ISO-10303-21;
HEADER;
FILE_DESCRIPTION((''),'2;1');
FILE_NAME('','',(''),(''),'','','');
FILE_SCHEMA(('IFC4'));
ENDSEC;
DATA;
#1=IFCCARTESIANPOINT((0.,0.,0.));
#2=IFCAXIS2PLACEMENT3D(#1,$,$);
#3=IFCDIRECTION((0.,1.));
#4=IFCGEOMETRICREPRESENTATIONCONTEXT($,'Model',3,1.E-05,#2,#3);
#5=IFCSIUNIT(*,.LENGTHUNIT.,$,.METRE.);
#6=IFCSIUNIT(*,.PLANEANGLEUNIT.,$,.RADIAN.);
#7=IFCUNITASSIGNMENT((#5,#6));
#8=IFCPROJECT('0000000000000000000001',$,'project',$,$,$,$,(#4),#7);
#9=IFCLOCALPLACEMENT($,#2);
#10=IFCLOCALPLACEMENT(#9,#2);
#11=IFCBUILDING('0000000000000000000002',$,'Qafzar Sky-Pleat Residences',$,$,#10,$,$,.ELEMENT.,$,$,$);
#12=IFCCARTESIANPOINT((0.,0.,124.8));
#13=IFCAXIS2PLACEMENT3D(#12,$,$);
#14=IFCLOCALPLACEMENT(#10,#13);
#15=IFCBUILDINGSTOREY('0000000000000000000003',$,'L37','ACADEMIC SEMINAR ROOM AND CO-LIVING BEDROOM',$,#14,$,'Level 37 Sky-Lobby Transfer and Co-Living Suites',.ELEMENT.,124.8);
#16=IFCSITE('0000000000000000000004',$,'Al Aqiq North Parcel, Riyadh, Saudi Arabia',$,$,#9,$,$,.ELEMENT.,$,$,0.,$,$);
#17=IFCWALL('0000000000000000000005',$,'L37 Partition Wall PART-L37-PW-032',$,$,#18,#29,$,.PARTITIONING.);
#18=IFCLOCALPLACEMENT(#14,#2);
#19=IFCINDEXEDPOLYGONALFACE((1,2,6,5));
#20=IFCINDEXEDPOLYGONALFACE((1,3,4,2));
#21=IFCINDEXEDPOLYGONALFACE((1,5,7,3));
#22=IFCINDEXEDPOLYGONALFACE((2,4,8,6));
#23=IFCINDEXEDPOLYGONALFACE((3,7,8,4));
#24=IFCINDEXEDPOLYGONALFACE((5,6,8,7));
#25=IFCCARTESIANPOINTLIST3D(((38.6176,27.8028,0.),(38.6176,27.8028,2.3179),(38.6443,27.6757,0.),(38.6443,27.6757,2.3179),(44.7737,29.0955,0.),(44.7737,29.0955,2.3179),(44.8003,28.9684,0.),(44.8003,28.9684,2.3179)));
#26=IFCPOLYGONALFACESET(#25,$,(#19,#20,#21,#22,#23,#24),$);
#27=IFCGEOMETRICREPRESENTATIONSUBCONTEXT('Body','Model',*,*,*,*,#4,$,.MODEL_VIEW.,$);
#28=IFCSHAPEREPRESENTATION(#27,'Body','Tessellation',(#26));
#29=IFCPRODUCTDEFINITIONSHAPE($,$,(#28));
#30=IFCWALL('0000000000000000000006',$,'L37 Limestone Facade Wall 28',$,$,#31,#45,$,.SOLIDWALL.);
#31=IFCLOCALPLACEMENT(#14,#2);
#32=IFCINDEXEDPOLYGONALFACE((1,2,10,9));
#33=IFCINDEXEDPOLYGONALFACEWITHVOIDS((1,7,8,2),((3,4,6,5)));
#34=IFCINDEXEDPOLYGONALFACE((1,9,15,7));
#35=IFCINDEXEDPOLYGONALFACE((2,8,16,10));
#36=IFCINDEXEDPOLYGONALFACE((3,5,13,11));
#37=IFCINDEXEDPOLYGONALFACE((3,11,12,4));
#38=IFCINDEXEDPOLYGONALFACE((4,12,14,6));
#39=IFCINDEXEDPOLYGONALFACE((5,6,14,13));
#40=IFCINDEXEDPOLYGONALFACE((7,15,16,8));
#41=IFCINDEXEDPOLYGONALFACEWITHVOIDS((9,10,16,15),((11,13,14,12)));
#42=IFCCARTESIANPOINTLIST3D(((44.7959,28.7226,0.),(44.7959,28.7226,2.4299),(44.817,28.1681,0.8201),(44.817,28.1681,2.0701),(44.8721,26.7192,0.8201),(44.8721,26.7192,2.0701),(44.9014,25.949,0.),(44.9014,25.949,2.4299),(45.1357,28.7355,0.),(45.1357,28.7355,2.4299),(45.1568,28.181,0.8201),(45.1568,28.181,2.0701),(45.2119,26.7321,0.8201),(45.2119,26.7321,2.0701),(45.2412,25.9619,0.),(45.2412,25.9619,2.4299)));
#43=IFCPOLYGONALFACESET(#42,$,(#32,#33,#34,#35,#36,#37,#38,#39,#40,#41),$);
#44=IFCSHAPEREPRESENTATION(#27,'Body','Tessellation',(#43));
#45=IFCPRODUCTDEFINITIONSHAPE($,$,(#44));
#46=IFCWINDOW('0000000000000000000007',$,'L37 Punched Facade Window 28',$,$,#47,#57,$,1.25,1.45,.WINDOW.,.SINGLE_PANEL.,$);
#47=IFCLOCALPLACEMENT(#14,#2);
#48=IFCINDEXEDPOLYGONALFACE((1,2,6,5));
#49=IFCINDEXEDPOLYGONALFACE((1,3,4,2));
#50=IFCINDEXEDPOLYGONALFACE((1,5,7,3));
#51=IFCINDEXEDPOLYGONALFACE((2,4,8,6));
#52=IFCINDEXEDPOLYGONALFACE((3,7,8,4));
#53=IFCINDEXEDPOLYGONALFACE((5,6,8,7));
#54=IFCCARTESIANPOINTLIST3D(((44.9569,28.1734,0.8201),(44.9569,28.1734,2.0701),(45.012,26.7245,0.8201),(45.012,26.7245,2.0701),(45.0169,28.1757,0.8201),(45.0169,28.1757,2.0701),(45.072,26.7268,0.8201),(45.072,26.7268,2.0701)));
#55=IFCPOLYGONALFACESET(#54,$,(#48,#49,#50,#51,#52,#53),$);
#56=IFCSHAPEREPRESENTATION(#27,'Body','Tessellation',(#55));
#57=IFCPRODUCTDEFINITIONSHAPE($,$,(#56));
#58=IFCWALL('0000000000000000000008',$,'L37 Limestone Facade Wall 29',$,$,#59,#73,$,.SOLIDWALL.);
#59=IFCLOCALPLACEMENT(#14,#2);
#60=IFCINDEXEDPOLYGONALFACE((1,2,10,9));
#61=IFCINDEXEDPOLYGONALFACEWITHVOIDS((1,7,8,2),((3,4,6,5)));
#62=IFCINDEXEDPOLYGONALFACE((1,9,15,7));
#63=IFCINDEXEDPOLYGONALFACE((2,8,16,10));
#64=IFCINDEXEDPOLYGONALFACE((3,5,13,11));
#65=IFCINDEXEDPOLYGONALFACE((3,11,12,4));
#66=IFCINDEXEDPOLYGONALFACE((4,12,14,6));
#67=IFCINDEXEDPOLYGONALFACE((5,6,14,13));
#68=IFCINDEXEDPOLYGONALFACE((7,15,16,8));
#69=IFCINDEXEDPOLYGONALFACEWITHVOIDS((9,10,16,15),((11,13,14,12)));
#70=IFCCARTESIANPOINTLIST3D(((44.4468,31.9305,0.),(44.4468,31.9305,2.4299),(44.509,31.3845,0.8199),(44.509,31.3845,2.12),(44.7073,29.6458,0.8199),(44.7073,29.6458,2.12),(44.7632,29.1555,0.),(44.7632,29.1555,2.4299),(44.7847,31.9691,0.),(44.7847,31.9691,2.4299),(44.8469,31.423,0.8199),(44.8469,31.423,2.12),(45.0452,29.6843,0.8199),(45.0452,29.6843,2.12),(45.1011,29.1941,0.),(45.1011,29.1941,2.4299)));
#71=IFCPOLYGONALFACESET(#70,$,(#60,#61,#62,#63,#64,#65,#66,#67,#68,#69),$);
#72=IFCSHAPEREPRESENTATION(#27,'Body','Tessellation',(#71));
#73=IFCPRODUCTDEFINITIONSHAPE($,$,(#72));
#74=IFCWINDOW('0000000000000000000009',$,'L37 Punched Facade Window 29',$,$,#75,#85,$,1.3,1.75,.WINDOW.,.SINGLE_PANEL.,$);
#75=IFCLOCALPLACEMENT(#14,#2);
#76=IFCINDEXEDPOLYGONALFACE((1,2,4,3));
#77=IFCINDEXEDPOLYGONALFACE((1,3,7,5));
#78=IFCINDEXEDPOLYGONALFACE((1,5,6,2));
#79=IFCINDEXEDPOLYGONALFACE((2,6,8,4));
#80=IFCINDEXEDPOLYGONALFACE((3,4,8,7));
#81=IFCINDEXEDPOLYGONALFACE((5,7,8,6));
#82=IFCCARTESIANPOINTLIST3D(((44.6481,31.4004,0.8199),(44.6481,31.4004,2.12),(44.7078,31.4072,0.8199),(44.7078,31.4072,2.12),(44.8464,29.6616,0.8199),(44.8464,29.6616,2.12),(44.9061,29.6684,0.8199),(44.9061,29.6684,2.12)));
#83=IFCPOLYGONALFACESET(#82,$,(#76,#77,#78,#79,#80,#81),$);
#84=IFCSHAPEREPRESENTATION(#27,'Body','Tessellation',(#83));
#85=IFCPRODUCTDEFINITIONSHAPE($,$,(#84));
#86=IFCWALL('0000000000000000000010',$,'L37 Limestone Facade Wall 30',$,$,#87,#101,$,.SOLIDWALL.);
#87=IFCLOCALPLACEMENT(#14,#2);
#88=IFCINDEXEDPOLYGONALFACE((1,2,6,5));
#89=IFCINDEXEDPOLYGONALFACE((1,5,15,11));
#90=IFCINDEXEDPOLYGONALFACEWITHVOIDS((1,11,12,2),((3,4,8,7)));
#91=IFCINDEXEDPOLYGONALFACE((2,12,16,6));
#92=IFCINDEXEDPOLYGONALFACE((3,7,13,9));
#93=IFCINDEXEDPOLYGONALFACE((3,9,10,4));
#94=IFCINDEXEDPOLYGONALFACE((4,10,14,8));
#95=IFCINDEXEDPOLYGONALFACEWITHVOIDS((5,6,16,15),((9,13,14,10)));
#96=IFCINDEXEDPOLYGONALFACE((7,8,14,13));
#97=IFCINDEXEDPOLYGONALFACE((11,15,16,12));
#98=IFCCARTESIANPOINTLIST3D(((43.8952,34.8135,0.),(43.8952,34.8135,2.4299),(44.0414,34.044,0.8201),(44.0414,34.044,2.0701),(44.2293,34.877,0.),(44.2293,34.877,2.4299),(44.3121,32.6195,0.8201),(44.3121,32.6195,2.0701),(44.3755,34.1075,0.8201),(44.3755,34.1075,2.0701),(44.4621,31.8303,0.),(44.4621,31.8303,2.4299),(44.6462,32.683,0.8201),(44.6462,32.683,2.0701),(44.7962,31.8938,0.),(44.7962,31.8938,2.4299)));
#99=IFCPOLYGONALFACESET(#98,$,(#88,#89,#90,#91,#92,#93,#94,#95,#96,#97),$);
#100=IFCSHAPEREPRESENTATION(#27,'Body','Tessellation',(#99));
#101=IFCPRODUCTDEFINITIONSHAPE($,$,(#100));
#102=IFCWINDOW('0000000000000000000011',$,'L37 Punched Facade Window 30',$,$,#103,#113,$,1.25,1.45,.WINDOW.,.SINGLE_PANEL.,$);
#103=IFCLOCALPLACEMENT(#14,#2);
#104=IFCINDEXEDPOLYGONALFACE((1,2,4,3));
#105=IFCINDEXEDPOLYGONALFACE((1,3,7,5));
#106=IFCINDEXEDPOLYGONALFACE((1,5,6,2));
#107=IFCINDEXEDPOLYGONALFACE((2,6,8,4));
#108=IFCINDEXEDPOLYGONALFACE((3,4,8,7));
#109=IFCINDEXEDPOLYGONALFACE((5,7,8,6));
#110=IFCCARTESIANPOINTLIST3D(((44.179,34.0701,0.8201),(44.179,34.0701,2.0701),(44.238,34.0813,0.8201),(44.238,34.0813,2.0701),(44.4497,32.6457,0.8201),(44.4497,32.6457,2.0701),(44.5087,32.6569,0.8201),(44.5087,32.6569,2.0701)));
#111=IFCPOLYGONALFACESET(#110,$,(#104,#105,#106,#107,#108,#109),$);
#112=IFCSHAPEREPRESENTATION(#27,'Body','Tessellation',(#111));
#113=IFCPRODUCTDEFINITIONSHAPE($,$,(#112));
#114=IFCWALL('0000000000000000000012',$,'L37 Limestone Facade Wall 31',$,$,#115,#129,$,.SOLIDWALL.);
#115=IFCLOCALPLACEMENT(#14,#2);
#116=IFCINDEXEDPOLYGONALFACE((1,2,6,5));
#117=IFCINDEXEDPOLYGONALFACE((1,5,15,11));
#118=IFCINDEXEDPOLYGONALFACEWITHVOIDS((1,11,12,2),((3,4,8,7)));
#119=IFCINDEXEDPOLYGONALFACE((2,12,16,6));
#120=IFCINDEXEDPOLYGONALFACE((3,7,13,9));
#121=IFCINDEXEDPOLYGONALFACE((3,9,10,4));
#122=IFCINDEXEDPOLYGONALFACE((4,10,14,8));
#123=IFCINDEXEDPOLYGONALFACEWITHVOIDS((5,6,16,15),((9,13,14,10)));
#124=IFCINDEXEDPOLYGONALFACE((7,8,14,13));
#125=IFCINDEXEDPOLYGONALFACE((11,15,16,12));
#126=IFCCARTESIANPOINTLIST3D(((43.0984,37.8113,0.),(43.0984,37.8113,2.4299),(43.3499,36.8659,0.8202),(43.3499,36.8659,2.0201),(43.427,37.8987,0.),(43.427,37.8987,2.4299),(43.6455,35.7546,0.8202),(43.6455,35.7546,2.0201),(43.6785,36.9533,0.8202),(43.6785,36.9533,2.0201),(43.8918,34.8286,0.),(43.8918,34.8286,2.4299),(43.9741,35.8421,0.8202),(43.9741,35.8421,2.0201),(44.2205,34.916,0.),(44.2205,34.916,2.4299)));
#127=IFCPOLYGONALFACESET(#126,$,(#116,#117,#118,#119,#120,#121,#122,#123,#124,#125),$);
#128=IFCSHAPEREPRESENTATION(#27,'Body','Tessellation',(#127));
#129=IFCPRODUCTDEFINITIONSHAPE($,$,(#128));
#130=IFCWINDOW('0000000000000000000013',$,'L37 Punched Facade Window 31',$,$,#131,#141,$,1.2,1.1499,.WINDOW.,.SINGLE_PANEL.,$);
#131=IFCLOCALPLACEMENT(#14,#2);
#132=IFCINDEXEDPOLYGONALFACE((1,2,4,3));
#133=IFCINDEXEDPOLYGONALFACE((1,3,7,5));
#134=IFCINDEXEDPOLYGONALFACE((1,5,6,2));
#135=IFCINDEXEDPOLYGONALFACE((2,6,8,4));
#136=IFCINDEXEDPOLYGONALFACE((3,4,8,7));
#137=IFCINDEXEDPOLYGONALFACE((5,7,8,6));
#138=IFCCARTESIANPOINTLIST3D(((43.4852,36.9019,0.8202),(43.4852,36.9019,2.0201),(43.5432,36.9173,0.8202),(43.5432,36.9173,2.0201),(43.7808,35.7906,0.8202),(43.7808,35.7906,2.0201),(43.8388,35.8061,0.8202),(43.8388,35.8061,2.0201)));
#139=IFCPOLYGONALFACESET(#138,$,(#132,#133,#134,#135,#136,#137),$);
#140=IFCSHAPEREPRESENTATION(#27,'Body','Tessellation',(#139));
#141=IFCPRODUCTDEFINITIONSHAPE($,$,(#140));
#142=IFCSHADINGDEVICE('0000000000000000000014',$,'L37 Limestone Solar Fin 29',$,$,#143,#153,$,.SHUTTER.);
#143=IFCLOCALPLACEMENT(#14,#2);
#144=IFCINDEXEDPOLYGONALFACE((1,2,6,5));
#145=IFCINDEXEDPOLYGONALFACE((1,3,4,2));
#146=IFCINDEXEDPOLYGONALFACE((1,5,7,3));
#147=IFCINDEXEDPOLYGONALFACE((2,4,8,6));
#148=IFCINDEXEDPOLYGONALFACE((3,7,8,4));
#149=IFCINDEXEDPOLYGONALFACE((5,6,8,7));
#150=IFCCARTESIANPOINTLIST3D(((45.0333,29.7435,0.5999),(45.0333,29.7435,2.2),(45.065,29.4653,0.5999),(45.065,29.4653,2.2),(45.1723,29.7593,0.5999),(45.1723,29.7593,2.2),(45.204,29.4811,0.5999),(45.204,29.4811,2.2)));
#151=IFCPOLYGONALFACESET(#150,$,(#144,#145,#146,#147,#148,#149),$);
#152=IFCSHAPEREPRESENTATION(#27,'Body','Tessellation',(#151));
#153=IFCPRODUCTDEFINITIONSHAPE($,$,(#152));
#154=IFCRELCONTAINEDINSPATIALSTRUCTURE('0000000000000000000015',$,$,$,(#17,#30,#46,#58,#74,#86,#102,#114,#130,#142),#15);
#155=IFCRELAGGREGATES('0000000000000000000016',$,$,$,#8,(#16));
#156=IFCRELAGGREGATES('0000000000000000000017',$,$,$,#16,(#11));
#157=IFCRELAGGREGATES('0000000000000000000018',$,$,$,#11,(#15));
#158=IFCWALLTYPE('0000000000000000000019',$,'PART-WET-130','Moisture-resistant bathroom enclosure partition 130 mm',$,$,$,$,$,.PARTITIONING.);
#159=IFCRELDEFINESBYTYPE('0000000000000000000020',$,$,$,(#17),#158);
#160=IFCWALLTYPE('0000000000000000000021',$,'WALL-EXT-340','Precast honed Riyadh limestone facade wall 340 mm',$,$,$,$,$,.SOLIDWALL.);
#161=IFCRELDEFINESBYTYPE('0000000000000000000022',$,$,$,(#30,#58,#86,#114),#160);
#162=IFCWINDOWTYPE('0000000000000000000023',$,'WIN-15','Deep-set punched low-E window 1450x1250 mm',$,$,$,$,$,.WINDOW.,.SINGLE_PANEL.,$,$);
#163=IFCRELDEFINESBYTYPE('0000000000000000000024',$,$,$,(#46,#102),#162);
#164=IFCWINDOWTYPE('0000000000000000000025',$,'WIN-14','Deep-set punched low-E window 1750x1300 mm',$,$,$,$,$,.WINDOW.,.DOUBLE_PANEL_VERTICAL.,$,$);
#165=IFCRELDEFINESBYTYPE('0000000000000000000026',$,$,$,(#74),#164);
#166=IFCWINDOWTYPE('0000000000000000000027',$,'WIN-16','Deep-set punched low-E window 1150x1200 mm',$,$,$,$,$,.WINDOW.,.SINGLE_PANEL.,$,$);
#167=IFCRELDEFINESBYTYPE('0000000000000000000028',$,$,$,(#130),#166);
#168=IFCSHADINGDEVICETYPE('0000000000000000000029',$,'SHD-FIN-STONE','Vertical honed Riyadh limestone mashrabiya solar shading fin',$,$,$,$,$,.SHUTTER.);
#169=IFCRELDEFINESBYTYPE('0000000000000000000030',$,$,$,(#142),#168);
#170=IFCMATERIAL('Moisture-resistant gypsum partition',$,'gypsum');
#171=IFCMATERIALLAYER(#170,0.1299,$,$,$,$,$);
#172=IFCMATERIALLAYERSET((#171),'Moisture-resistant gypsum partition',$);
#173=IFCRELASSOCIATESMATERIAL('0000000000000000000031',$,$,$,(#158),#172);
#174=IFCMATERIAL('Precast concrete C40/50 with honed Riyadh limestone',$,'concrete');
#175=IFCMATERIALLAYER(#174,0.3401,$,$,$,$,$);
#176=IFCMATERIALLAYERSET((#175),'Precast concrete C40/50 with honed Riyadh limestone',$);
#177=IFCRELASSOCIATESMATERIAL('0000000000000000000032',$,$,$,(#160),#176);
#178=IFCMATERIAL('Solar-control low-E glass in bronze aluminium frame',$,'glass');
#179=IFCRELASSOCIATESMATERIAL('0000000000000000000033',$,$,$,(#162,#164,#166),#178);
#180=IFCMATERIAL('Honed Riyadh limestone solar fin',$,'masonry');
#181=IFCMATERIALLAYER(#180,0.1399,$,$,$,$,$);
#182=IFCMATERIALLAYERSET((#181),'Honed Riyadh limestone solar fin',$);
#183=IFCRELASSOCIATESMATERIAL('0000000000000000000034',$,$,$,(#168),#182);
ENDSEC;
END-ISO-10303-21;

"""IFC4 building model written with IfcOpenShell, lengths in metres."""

from ifc_helpers import new_model, si_unit, direction, frame, frame_2d, origin, origin_2d, place, context, subcontext, project, spatial, rectangle, extrude, source, transform, mapped, material, layer, layer_set, type_object, element, fill, save


model = new_model("IFC4")

# Units and contexts
model_context = context("Model", 3, precision=1e-05, world=origin(), true_north=direction((0.0, 1.0)))
body_context = subcontext(model_context, "Body", "Model", "MODEL_VIEW")
ifc_project = project(units=[si_unit("LENGTHUNIT", "METRE"), si_unit("PLANEANGLEUNIT", "RADIAN")], contexts=[model_context])

# Site, building, storey
site_placement = place(None, origin())
site = spatial("IfcSite", under=ifc_project, at=site_placement, Name="Al Aqiq North Parcel, Riyadh, Saudi Arabia", CompositionType="ELEMENT", RefElevation=0.0)
building_placement = place(site_placement, origin())
building = spatial("IfcBuilding", under=site, at=building_placement, Name="Qafzar Sky-Pleat Residences", CompositionType="ELEMENT")
storey_placement = place(building_placement, frame((0.0, 0.0, 124.8)))
storey = spatial("IfcBuildingStorey", under=building, at=storey_placement, Name="L37", Description="ACADEMIC SEMINAR ROOM AND CO-LIVING BEDROOM", LongName="Level 37 Sky-Lobby Transfer and Co-Living Suites", CompositionType="ELEMENT", Elevation=124.8)

# Wall
ifc_material_1 = material(Name="Moisture-resistant gypsum partition", Category="gypsum")
ifc_layer_1 = layer(ifc_material_1, 0.1299)
ifc_layer_set_1 = layer_set([ifc_layer_1], Name="Moisture-resistant gypsum partition")
wall_type_1 = type_object("IfcWallType", Name="PART-WET-130", Description="Moisture-resistant bathroom enclosure partition 130 mm", PredefinedType="PARTITIONING", material=ifc_layer_set_1)
wall_1_placement = place(storey_placement, frame((38.6311, 27.7393, 0.0), z_axis=(0.0, 0.0, 1.0), x_axis=(0.978655, 0.205512, 0.0)))
element("IfcWall", 1, at=wall_1_placement, inside=storey, type_object=wall_type_1, Name="L37 Partition Wall PART-L37-PW-032", PredefinedType="PARTITIONING", context=body_context, shape_type="SweptSolid", body=[
    extrude(rectangle(XDim=6.2903, YDim=0.1299, at=frame_2d((3.145, 0.0))), origin(), (0.0, 0.0, 1.0), 2.3179),
])

# Walls, openings, windows
ifc_material_2 = material(Name="Precast concrete C40/50 with honed Riyadh limestone", Category="concrete")
ifc_layer_2 = layer(ifc_material_2, 0.3401)
ifc_layer_set_2 = layer_set([ifc_layer_2], Name="Precast concrete C40/50 with honed Riyadh limestone")
wall_type_2 = type_object("IfcWallType", Name="WALL-EXT-340", Description="Precast honed Riyadh limestone facade wall 340 mm", PredefinedType="SOLIDWALL", material=ifc_layer_set_2)
wall_2_placement = place(storey_placement, frame((45.0713, 25.9556, 0.0), z_axis=(0.0, 0.0, 1.0), x_axis=(-0.037997, 0.999278, 0.0)))
wall_2 = element("IfcWall", 2, at=wall_2_placement, inside=storey, type_object=wall_type_2, Name="L37 Limestone Facade Wall 28", PredefinedType="SOLIDWALL", context=body_context, shape_type="SweptSolid", body=[
    extrude(rectangle(XDim=2.7756, YDim=0.3401, at=frame_2d((1.3877, 0.0))), origin(), (0.0, 0.0, 1.0), 2.4299),
])
opening_1_placement = place(wall_2_placement, frame((0.7705, 0.0, 0.8201)))
opening_1 = element("IfcOpeningElement", 3, at=opening_1_placement, cuts=wall_2, PredefinedType="OPENING", context=body_context, shape_type="SweptSolid", body=[
    extrude(rectangle(XDim=1.45, YDim=1.25, at=frame_2d((0.7251, 0.625))), frame((0.0, 0.1802, 0.0), z_axis=(0.0, -1.0, 0.0), x_axis=(1.0, 0.0, 0.0)), (0.0, 0.0, 1.0), 0.3601),
])
ifc_material_3 = material(Name="Solar-control low-E glass in bronze aluminium frame", Category="glass")
window_type_1 = type_object("IfcWindowType", Name="WIN-15", Description="Deep-set punched low-E window 1450x1250 mm", PartitioningType="SINGLE_PANEL", PredefinedType="WINDOW", material=ifc_material_3)
shared_shape_1 = source(origin(), body_context, "Body", "SweptSolid", [
    extrude(rectangle(XDim=1.45, YDim=1.25, at=frame_2d((0.7251, 0.625))), frame((0.0, 0.03, 0.0), z_axis=(0.0, -1.0, 0.0), x_axis=(1.0, 0.0, 0.0)), (0.0, 0.0, 1.0), 0.0601),
])
window_1_placement = place(opening_1_placement, origin())
window_1 = element("IfcWindow", 4, at=window_1_placement, inside=storey, type_object=window_type_1, Name="L37 Punched Facade Window 28", OverallHeight=1.25, OverallWidth=1.45, PartitioningType="SINGLE_PANEL", PredefinedType="WINDOW", context=body_context, shape_type="MappedRepresentation", body=[
    mapped(shared_shape_1, transform((0.0, 0.0, 0.0), x_axis=(1.0, 0.0, 0.0), y_axis=(0.0, 1.0, 0.0), z_axis=(0.0, 0.0, 1.0), scale=1.0)),
])
fill(opening_1, window_1)
wall_3_placement = place(storey_placement, frame((44.9321, 29.1748, 0.0), z_axis=(0.0, 0.0, 1.0), x_axis=(-0.11329, 0.993562, 0.0)))
wall_3 = element("IfcWall", 5, at=wall_3_placement, inside=storey, type_object=wall_type_2, Name="L37 Limestone Facade Wall 29", PredefinedType="SOLIDWALL", context=body_context, shape_type="SweptSolid", body=[
    extrude(rectangle(XDim=2.793, YDim=0.3401, at=frame_2d((1.3965, 0.0))), origin(), (0.0, 0.0, 1.0), 2.4299),
])
opening_2_placement = place(wall_3_placement, frame((0.4934, 0.0, 0.8201)))
opening_2 = element("IfcOpeningElement", 6, at=opening_2_placement, cuts=wall_3, PredefinedType="OPENING", context=body_context, shape_type="SweptSolid", body=[
    extrude(rectangle(XDim=1.75, YDim=1.3, at=frame_2d((0.875, 0.6499))), frame((0.0, 0.1802, 0.0), z_axis=(0.0, -1.0, 0.0), x_axis=(1.0, 0.0, 0.0)), (0.0, 0.0, 1.0), 0.3601),
])
window_type_2 = type_object("IfcWindowType", Name="WIN-14", Description="Deep-set punched low-E window 1750x1300 mm", PartitioningType="DOUBLE_PANEL_VERTICAL", PredefinedType="WINDOW", material=ifc_material_3)
shared_shape_2 = source(origin(), body_context, "Body", "SweptSolid", [
    extrude(rectangle(XDim=1.75, YDim=1.3, at=frame_2d((0.875, 0.6499))), frame((0.0, 0.03, 0.0), z_axis=(0.0, -1.0, 0.0), x_axis=(1.0, 0.0, 0.0)), (0.0, 0.0, 1.0), 0.0601),
])
window_2_placement = place(opening_2_placement, origin())
window_2 = element("IfcWindow", 7, at=window_2_placement, inside=storey, type_object=window_type_2, Name="L37 Punched Facade Window 29", OverallHeight=1.3, OverallWidth=1.75, PartitioningType="SINGLE_PANEL", PredefinedType="WINDOW", context=body_context, shape_type="MappedRepresentation", body=[
    mapped(shared_shape_2, transform((0.0, 0.0, 0.0), x_axis=(1.0, 0.0, 0.0), y_axis=(0.0, 1.0, 0.0), z_axis=(0.0, 0.0, 1.0), scale=1.0)),
])
fill(opening_2, window_2)
wall_4_placement = place(storey_placement, frame((44.6292, 31.8621, 0.0), z_axis=(0.0, 0.0, 1.0), x_axis=(-0.186691, 0.982419, 0.0)))
wall_4 = element("IfcWall", 8, at=wall_4_placement, inside=storey, type_object=wall_type_2, Name="L37 Limestone Facade Wall 30", PredefinedType="SOLIDWALL", context=body_context, shape_type="SweptSolid", body=[
    extrude(rectangle(XDim=3.0366, YDim=0.3401, at=frame_2d((1.5183, 0.0))), origin(), (0.0, 0.0, 1.0), 2.4299),
])
opening_3_placement = place(wall_4_placement, frame((0.8032, 0.0, 0.8201)))
opening_3 = element("IfcOpeningElement", 9, at=opening_3_placement, cuts=wall_4, PredefinedType="OPENING", context=body_context, shape_type="SweptSolid", body=[
    extrude(rectangle(XDim=1.45, YDim=1.25, at=frame_2d((0.7251, 0.625))), frame((0.0, 0.1802, 0.0), z_axis=(0.0, -1.0, 0.0), x_axis=(1.0, 0.0, 0.0)), (0.0, 0.0, 1.0), 0.3601),
])
window_3_placement = place(opening_3_placement, origin())
window_3 = element("IfcWindow", 10, at=window_3_placement, inside=storey, type_object=window_type_1, Name="L37 Punched Facade Window 30", OverallHeight=1.25, OverallWidth=1.45, PartitioningType="SINGLE_PANEL", PredefinedType="WINDOW", context=body_context, shape_type="MappedRepresentation", body=[
    mapped(shared_shape_1, transform((0.0, 0.0, 0.0), x_axis=(1.0, 0.0, 0.0), y_axis=(0.0, 1.0, 0.0), z_axis=(0.0, 0.0, 1.0), scale=1.0)),
])
fill(opening_3, window_3)
wall_5_placement = place(storey_placement, frame((44.0562, 34.8723, 0.0), z_axis=(0.0, 0.0, 1.0), x_axis=(-0.257082, 0.96639, 0.0)))
wall_5 = element("IfcWall", 11, at=wall_5_placement, inside=storey, type_object=wall_type_2, Name="L37 Limestone Facade Wall 31", PredefinedType="SOLIDWALL", context=body_context, shape_type="SweptSolid", body=[
    extrude(rectangle(XDim=3.0864, YDim=0.3401, at=frame_2d((1.5432, 0.0))), origin(), (0.0, 0.0, 1.0), 2.4299),
])
opening_4_placement = place(wall_5_placement, frame((0.9583, 0.0, 0.8201)))
opening_4 = element("IfcOpeningElement", 12, at=opening_4_placement, cuts=wall_5, PredefinedType="OPENING", context=body_context, shape_type="SweptSolid", body=[
    extrude(rectangle(XDim=1.1499, YDim=1.2, at=frame_2d((0.575, 0.6001))), frame((0.0, 0.1802, 0.0), z_axis=(0.0, -1.0, 0.0), x_axis=(1.0, 0.0, 0.0)), (0.0, 0.0, 1.0), 0.3601),
])
window_type_3 = type_object("IfcWindowType", Name="WIN-16", Description="Deep-set punched low-E window 1150x1200 mm", PartitioningType="SINGLE_PANEL", PredefinedType="WINDOW", material=ifc_material_3)
shared_shape_3 = source(origin(), body_context, "Body", "SweptSolid", [
    extrude(rectangle(XDim=1.1499, YDim=1.2, at=frame_2d((0.575, 0.6001))), frame((0.0, 0.03, 0.0), z_axis=(0.0, -1.0, 0.0), x_axis=(1.0, 0.0, 0.0)), (0.0, 0.0, 1.0), 0.0601),
])
window_4_placement = place(opening_4_placement, origin())
window_4 = element("IfcWindow", 13, at=window_4_placement, inside=storey, type_object=window_type_3, Name="L37 Punched Facade Window 31", OverallHeight=1.2, OverallWidth=1.1499, PartitioningType="SINGLE_PANEL", PredefinedType="WINDOW", context=body_context, shape_type="MappedRepresentation", body=[
    mapped(shared_shape_3, transform((0.0, 0.0, 0.0), x_axis=(1.0, 0.0, 0.0), y_axis=(0.0, 1.0, 0.0), z_axis=(0.0, 0.0, 1.0), scale=1.0)),
])
fill(opening_4, window_4)

# Shading device
ifc_material_4 = material(Name="Honed Riyadh limestone solar fin", Category="masonry")
ifc_layer_3 = layer(ifc_material_4, 0.1399)
ifc_layer_set_3 = layer_set([ifc_layer_3], Name="Honed Riyadh limestone solar fin")
shading_device_type = type_object("IfcShadingDeviceType", Name="SHD-FIN-STONE", Description="Vertical honed Riyadh limestone mashrabiya solar shading fin", PredefinedType="SHUTTER", material=ifc_layer_set_3)
shared_shape_4 = source(origin(), body_context, "Body", "SweptSolid", [
    extrude(rectangle(XDim=0.1399, YDim=0.28, at=origin_2d()), origin(), (0.0, 0.0, 1.0), 1.6001),
])
shading_device_placement = place(storey_placement, frame((45.1187, 29.6123, 0.5999), z_axis=(0.0, 0.0, 1.0), x_axis=(0.993564, 0.113274, 0.0)))
element("IfcShadingDevice", 14, at=shading_device_placement, inside=storey, type_object=shading_device_type, Name="L37 Limestone Solar Fin 29", PredefinedType="SHUTTER", context=body_context, shape_type="MappedRepresentation", body=[
    mapped(shared_shape_4, transform((0.0, 0.0, 0.0), x_axis=(1.0, 0.0, 0.0), y_axis=(0.0, 1.0, 0.0), z_axis=(0.0, 0.0, 1.0), scale=1.0)),
])

save(model, "model.ifc")
